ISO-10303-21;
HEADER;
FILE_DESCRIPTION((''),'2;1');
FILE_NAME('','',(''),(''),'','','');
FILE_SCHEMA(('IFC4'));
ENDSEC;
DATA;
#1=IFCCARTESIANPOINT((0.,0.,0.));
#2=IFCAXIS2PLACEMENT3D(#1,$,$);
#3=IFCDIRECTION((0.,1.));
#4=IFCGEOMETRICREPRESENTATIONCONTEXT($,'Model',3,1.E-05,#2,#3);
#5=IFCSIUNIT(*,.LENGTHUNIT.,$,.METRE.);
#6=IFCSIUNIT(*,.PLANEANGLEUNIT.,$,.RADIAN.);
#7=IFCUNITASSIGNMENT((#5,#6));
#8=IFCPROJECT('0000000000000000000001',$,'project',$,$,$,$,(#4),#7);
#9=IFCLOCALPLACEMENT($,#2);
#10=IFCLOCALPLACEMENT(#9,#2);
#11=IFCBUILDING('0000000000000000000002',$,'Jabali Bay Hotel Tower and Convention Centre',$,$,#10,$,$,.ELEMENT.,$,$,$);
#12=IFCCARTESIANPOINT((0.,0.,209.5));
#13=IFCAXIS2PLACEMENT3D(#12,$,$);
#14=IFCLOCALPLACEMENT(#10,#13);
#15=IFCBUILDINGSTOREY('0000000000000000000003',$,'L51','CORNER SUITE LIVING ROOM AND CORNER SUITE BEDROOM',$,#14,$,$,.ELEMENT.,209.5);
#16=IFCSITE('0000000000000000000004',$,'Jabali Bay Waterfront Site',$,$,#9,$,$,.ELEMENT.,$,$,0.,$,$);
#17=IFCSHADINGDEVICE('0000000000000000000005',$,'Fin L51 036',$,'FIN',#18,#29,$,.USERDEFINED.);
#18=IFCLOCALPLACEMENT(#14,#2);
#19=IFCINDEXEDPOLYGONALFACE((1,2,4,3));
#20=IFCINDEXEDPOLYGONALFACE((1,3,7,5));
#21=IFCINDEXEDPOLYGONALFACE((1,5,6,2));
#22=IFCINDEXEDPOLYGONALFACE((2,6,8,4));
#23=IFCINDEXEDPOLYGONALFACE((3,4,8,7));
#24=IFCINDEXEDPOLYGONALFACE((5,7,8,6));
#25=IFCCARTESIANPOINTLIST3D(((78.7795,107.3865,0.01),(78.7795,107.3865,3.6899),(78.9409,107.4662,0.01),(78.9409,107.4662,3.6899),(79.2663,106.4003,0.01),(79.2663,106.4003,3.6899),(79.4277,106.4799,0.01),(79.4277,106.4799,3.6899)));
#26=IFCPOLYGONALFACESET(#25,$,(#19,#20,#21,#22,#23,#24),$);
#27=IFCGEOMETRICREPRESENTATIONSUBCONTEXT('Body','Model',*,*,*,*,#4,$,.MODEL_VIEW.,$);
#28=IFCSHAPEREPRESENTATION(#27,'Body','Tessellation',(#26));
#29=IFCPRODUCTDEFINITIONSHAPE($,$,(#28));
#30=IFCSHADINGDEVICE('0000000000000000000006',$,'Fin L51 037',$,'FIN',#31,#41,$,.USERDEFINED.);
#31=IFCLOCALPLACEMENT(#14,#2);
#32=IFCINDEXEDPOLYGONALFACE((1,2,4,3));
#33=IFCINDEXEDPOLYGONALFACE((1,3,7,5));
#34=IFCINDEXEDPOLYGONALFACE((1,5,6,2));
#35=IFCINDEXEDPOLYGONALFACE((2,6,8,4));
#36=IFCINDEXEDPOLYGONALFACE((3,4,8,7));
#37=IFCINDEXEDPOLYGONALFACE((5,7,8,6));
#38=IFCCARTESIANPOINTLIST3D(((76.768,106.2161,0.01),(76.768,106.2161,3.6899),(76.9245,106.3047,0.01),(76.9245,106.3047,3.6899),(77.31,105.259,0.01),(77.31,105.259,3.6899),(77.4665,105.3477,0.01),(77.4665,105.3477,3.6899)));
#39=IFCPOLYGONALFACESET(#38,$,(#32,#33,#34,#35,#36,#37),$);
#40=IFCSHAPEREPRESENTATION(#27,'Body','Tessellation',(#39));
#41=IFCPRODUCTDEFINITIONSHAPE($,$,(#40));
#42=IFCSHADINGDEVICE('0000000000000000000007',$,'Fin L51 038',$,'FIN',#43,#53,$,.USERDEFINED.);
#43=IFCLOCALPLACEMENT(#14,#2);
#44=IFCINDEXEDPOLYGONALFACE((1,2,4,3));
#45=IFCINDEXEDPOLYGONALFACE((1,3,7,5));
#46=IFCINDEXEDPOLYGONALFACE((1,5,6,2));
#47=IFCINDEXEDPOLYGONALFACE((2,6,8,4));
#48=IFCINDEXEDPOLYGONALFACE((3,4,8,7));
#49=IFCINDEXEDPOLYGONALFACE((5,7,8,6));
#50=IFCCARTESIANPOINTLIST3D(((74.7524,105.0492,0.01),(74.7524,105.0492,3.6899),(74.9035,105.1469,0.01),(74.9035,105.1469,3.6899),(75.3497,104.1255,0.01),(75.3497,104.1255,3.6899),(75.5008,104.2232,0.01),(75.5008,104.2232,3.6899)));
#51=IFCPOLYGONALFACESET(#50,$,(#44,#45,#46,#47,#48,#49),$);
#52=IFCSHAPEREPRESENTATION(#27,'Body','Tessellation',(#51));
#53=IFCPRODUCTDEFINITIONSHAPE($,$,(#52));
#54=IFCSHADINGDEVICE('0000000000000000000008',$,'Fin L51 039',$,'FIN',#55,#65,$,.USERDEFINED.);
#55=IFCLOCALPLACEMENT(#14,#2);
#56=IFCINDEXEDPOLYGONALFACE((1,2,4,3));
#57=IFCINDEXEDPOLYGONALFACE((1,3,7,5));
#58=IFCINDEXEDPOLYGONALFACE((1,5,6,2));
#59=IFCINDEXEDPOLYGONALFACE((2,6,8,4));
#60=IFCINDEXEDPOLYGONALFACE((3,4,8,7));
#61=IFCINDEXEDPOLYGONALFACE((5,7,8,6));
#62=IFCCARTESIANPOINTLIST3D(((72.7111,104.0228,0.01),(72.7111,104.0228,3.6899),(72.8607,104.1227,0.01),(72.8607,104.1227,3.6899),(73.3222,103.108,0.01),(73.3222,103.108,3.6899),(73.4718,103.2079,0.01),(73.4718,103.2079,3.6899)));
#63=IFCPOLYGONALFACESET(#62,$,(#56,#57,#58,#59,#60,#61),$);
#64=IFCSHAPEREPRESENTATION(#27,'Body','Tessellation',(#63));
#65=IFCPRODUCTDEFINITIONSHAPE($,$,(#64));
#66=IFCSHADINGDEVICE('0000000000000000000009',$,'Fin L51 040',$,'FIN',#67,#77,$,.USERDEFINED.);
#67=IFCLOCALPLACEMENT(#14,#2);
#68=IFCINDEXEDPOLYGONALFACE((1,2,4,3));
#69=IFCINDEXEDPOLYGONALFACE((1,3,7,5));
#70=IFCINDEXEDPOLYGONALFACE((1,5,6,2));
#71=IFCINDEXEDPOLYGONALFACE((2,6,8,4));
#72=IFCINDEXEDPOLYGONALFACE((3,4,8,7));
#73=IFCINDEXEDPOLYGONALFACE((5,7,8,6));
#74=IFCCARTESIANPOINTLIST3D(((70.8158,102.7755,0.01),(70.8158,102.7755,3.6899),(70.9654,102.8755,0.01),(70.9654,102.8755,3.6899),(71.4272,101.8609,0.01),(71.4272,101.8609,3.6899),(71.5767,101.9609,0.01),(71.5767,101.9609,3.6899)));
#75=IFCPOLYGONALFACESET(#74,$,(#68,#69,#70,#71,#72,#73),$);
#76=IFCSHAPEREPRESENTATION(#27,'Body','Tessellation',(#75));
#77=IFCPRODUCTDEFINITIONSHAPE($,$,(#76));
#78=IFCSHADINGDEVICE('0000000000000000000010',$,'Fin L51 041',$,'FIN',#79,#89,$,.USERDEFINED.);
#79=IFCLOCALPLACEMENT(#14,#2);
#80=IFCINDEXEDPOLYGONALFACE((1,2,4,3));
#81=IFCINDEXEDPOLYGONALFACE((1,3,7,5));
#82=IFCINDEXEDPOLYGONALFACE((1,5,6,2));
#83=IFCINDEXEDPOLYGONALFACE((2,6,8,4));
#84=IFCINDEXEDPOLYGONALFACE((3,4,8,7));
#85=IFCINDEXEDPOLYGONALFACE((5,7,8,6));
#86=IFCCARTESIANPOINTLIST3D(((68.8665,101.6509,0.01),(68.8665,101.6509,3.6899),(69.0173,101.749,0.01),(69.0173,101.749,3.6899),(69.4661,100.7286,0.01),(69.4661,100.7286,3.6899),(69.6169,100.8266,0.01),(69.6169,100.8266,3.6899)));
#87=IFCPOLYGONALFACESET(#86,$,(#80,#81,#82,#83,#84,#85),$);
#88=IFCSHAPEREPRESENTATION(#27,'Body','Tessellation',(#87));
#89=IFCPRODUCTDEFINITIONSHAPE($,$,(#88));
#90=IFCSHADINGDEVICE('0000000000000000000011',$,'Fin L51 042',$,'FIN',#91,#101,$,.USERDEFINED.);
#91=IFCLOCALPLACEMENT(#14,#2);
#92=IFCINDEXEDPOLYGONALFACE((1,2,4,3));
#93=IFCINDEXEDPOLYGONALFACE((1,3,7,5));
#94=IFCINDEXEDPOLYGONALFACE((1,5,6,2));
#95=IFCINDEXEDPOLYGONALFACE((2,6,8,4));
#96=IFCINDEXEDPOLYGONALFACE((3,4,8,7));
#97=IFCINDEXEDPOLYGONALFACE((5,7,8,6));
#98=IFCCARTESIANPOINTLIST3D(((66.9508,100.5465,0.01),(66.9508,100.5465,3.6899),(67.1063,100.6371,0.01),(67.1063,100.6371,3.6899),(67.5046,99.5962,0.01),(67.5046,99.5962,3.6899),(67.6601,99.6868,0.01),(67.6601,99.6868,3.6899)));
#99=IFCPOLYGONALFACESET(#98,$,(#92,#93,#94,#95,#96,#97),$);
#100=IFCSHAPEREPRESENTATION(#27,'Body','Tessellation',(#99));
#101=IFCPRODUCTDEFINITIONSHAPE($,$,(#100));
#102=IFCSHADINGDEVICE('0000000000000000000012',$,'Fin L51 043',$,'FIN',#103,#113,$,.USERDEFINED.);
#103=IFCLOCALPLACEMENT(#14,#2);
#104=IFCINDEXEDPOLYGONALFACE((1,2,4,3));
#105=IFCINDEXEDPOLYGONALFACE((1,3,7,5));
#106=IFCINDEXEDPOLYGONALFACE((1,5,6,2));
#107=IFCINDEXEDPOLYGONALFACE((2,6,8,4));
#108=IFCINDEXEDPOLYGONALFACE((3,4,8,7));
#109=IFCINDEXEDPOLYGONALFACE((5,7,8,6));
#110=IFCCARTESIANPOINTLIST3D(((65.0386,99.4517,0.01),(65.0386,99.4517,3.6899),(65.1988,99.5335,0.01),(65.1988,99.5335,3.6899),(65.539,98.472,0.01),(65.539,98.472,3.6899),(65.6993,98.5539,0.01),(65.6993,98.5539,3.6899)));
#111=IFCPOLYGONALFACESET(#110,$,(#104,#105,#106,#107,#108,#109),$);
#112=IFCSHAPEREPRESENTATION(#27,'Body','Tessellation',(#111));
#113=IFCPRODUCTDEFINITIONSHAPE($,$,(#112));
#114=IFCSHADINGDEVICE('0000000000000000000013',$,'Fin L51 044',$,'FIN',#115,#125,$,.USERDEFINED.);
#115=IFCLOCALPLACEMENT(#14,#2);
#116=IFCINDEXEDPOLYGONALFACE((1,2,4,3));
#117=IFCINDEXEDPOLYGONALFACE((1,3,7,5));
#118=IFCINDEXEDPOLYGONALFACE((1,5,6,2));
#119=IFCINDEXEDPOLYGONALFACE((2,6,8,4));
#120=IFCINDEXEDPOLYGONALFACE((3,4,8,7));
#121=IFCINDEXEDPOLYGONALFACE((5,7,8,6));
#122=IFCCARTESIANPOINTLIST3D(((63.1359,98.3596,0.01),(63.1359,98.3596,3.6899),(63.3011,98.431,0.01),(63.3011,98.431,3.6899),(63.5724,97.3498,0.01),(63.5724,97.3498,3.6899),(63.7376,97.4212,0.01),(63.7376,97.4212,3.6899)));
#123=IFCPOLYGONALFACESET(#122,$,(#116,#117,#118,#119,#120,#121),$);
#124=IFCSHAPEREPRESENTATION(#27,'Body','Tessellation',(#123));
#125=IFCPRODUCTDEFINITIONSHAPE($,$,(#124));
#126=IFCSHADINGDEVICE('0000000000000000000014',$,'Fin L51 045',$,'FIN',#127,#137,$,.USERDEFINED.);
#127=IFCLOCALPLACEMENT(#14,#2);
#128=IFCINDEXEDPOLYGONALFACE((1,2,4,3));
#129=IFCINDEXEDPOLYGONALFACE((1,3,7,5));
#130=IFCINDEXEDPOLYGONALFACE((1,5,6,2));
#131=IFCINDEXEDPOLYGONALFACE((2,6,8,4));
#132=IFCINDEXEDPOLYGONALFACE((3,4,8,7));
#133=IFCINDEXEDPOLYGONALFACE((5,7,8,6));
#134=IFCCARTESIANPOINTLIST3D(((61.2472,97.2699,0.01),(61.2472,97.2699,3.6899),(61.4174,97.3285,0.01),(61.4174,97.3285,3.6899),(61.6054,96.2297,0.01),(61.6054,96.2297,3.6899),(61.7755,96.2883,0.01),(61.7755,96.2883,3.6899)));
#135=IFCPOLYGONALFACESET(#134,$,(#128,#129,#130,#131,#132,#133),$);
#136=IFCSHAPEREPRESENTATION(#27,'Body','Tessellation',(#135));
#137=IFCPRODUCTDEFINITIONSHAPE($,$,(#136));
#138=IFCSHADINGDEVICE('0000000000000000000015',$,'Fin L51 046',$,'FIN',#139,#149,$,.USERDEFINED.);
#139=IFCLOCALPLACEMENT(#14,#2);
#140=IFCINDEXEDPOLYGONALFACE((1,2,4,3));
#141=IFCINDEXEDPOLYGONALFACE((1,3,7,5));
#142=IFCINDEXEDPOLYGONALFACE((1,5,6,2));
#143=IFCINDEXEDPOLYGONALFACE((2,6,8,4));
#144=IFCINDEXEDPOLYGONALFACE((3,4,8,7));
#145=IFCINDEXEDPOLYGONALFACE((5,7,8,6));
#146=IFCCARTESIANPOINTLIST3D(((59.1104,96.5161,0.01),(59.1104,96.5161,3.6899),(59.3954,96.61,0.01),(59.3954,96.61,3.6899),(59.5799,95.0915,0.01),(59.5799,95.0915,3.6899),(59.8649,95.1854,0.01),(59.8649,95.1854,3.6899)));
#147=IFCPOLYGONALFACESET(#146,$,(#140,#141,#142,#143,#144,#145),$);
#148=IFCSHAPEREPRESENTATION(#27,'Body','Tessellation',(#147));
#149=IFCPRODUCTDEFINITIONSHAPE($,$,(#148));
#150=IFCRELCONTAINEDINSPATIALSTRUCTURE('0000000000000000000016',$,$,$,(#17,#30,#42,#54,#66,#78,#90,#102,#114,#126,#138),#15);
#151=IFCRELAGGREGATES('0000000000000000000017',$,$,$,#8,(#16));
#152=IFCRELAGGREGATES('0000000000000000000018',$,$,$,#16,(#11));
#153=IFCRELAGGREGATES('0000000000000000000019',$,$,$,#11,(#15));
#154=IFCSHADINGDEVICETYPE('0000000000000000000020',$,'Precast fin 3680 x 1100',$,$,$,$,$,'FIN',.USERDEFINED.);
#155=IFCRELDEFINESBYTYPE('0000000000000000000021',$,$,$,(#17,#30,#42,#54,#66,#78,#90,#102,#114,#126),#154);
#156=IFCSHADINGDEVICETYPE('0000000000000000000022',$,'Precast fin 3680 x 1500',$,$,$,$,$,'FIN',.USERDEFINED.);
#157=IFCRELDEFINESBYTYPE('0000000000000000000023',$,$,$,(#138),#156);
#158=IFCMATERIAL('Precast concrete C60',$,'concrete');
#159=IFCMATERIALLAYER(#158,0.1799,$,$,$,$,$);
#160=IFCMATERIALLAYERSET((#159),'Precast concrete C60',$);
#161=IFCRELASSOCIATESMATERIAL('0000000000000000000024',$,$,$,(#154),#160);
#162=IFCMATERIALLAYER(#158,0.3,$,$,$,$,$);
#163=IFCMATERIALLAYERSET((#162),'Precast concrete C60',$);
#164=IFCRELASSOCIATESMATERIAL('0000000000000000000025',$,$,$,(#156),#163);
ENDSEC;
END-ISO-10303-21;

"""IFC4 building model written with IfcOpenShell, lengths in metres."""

from ifc_helpers import new_model, si_unit, direction, frame, frame_2d, origin, place, context, subcontext, project, spatial, rectangle, extrude, material, layer, layer_set, type_object, element, save


model = new_model("IFC4")

# Units and contexts
model_context = context("Model", 3, precision=1e-05, world=origin(), true_north=direction((0.0, 1.0)))
body_context = subcontext(model_context, "Body", "Model", "MODEL_VIEW")
ifc_project = project(units=[si_unit("LENGTHUNIT", "METRE"), si_unit("PLANEANGLEUNIT", "RADIAN")], contexts=[model_context])

# Site, building, storey
site_placement = place(None, origin())
site = spatial("IfcSite", under=ifc_project, at=site_placement, Name="Jabali Bay Waterfront Site", CompositionType="ELEMENT", RefElevation=0.0)
building_placement = place(site_placement, origin())
building = spatial("IfcBuilding", under=site, at=building_placement, Name="Jabali Bay Hotel Tower and Convention Centre", CompositionType="ELEMENT")
storey_placement = place(building_placement, frame((0.0, 0.0, 209.5)))
storey = spatial("IfcBuildingStorey", under=building, at=storey_placement, Name="L51", Description="CORNER SUITE LIVING ROOM AND CORNER SUITE BEDROOM", CompositionType="ELEMENT", Elevation=209.5)

# Shading devices
ifc_material_1 = material(Name="Precast concrete C60", Category="concrete")
ifc_layer_1 = layer(ifc_material_1, 0.1799)
ifc_layer_set_1 = layer_set([ifc_layer_1], Name="Precast concrete C60")
shading_device_type_1 = type_object("IfcShadingDeviceType", Name="Precast fin 3680 x 1100", ElementType="FIN", PredefinedType="USERDEFINED", material=ifc_layer_set_1)
for number, where, z_axis, x_axis, name in (
    (1, (79.3469, 106.4402, 0.01), (0.0, 0.0, 1.0), (-0.442591, 0.896724, 0.0), "Fin L51 036"),
    (2, (77.3882, 105.3035, 0.01), (0.0, 0.0, 1.0), (-0.492789, 0.870149, 0.0), "Fin L51 037"),
):
    element("IfcShadingDevice", number, at=place(storey_placement, frame(where, z_axis=z_axis, x_axis=x_axis)), inside=storey, type_object=shading_device_type_1, Name=name, ObjectType="FIN", PredefinedType="USERDEFINED", context=body_context, shape_type="SweptSolid", body=[
        extrude(rectangle(XDim=1.0999, YDim=0.1799, at=frame_2d((0.5498, 0.0))), origin(), (0.0, 0.0, 1.0), 3.6799),
    ])
for number, where, z_axis, x_axis, name in (
    (3, (75.4253, 104.1743, 0.01), (0.0, 0.0, 1.0), (-0.543021, 0.839719, 0.0), "Fin L51 038"),
    (4, (73.397, 103.158, 0.01), (0.0, 0.0, 1.0), (-0.555468, 0.831538, 0.0), "Fin L51 039"),
    (5, (71.502, 101.9109, 0.01), (0.0, 0.0, 1.0), (-0.555724, 0.831367, 0.0), "Fin L51 040"),
    (6, (69.5415, 100.7776, 0.01), (0.0, 0.0, 1.0), (-0.545035, 0.838413, 0.0), "Fin L51 041"),
):
    element("IfcShadingDevice", number, at=place(storey_placement, frame(where, z_axis=z_axis, x_axis=x_axis)), inside=storey, type_object=shading_device_type_1, Name=name, ObjectType="FIN", PredefinedType="USERDEFINED", context=body_context, shape_type="SweptSolid", body=[
        extrude(rectangle(XDim=1.1001, YDim=0.1799, at=frame_2d((0.55, 0.0))), origin(), (0.0, 0.0, 1.0), 3.6799),
    ])
shading_device_1_placement = place(storey_placement, frame((67.5823, 99.6416, 0.01), z_axis=(0.0, 0.0, 1.0), x_axis=(-0.503484, 0.864004, 0.0)))
element("IfcShadingDevice", 7, at=shading_device_1_placement, inside=storey, type_object=shading_device_type_1, Name="Fin L51 042", ObjectType="FIN", PredefinedType="USERDEFINED", context=body_context, shape_type="SweptSolid", body=[
    extrude(rectangle(XDim=1.0999, YDim=0.1799, at=frame_2d((0.5498, 0.0))), origin(), (0.0, 0.0, 1.0), 3.6799),
])
for number, where, z_axis, x_axis, name in (
    (8, (65.6191, 98.5129, 0.01), (0.0, 0.0, 1.0), (-0.454919, 0.890533, 0.0), "Fin L51 043"),
    (9, (63.655, 97.3855, 0.01), (0.0, 0.0, 1.0), (-0.39681, 0.917901, 0.0), "Fin L51 044"),
    (10, (61.6904, 96.259, 0.01), (0.0, 0.0, 1.0), (-0.325532, 0.945531, 0.0), "Fin L51 045"),
):
    element("IfcShadingDevice", number, at=place(storey_placement, frame(where, z_axis=z_axis, x_axis=x_axis)), inside=storey, type_object=shading_device_type_1, Name=name, ObjectType="FIN", PredefinedType="USERDEFINED", context=body_context, shape_type="SweptSolid", body=[
        extrude(rectangle(XDim=1.1001, YDim=0.1799, at=frame_2d((0.55, 0.0))), origin(), (0.0, 0.0, 1.0), 3.6799),
    ])
ifc_layer_2 = layer(ifc_material_1, 0.3)
ifc_layer_set_2 = layer_set([ifc_layer_2], Name="Precast concrete C60")
shading_device_type_2 = type_object("IfcShadingDeviceType", Name="Precast fin 3680 x 1500", ElementType="FIN", PredefinedType="USERDEFINED", material=ifc_layer_set_2)
shading_device_2_placement = place(storey_placement, frame((59.7224, 95.1384, 0.01), z_axis=(0.0, 0.0, 1.0), x_axis=(-0.313003, 0.949752, 0.0)))
element("IfcShadingDevice", 11, at=shading_device_2_placement, inside=storey, type_object=shading_device_type_2, Name="Fin L51 046", ObjectType="FIN", PredefinedType="USERDEFINED", context=body_context, shape_type="SweptSolid", body=[
    extrude(rectangle(XDim=1.5, YDim=0.3, at=frame_2d((0.75, 0.0))), origin(), (0.0, 0.0, 1.0), 3.6799),
])

save(model, "model.ifc")
